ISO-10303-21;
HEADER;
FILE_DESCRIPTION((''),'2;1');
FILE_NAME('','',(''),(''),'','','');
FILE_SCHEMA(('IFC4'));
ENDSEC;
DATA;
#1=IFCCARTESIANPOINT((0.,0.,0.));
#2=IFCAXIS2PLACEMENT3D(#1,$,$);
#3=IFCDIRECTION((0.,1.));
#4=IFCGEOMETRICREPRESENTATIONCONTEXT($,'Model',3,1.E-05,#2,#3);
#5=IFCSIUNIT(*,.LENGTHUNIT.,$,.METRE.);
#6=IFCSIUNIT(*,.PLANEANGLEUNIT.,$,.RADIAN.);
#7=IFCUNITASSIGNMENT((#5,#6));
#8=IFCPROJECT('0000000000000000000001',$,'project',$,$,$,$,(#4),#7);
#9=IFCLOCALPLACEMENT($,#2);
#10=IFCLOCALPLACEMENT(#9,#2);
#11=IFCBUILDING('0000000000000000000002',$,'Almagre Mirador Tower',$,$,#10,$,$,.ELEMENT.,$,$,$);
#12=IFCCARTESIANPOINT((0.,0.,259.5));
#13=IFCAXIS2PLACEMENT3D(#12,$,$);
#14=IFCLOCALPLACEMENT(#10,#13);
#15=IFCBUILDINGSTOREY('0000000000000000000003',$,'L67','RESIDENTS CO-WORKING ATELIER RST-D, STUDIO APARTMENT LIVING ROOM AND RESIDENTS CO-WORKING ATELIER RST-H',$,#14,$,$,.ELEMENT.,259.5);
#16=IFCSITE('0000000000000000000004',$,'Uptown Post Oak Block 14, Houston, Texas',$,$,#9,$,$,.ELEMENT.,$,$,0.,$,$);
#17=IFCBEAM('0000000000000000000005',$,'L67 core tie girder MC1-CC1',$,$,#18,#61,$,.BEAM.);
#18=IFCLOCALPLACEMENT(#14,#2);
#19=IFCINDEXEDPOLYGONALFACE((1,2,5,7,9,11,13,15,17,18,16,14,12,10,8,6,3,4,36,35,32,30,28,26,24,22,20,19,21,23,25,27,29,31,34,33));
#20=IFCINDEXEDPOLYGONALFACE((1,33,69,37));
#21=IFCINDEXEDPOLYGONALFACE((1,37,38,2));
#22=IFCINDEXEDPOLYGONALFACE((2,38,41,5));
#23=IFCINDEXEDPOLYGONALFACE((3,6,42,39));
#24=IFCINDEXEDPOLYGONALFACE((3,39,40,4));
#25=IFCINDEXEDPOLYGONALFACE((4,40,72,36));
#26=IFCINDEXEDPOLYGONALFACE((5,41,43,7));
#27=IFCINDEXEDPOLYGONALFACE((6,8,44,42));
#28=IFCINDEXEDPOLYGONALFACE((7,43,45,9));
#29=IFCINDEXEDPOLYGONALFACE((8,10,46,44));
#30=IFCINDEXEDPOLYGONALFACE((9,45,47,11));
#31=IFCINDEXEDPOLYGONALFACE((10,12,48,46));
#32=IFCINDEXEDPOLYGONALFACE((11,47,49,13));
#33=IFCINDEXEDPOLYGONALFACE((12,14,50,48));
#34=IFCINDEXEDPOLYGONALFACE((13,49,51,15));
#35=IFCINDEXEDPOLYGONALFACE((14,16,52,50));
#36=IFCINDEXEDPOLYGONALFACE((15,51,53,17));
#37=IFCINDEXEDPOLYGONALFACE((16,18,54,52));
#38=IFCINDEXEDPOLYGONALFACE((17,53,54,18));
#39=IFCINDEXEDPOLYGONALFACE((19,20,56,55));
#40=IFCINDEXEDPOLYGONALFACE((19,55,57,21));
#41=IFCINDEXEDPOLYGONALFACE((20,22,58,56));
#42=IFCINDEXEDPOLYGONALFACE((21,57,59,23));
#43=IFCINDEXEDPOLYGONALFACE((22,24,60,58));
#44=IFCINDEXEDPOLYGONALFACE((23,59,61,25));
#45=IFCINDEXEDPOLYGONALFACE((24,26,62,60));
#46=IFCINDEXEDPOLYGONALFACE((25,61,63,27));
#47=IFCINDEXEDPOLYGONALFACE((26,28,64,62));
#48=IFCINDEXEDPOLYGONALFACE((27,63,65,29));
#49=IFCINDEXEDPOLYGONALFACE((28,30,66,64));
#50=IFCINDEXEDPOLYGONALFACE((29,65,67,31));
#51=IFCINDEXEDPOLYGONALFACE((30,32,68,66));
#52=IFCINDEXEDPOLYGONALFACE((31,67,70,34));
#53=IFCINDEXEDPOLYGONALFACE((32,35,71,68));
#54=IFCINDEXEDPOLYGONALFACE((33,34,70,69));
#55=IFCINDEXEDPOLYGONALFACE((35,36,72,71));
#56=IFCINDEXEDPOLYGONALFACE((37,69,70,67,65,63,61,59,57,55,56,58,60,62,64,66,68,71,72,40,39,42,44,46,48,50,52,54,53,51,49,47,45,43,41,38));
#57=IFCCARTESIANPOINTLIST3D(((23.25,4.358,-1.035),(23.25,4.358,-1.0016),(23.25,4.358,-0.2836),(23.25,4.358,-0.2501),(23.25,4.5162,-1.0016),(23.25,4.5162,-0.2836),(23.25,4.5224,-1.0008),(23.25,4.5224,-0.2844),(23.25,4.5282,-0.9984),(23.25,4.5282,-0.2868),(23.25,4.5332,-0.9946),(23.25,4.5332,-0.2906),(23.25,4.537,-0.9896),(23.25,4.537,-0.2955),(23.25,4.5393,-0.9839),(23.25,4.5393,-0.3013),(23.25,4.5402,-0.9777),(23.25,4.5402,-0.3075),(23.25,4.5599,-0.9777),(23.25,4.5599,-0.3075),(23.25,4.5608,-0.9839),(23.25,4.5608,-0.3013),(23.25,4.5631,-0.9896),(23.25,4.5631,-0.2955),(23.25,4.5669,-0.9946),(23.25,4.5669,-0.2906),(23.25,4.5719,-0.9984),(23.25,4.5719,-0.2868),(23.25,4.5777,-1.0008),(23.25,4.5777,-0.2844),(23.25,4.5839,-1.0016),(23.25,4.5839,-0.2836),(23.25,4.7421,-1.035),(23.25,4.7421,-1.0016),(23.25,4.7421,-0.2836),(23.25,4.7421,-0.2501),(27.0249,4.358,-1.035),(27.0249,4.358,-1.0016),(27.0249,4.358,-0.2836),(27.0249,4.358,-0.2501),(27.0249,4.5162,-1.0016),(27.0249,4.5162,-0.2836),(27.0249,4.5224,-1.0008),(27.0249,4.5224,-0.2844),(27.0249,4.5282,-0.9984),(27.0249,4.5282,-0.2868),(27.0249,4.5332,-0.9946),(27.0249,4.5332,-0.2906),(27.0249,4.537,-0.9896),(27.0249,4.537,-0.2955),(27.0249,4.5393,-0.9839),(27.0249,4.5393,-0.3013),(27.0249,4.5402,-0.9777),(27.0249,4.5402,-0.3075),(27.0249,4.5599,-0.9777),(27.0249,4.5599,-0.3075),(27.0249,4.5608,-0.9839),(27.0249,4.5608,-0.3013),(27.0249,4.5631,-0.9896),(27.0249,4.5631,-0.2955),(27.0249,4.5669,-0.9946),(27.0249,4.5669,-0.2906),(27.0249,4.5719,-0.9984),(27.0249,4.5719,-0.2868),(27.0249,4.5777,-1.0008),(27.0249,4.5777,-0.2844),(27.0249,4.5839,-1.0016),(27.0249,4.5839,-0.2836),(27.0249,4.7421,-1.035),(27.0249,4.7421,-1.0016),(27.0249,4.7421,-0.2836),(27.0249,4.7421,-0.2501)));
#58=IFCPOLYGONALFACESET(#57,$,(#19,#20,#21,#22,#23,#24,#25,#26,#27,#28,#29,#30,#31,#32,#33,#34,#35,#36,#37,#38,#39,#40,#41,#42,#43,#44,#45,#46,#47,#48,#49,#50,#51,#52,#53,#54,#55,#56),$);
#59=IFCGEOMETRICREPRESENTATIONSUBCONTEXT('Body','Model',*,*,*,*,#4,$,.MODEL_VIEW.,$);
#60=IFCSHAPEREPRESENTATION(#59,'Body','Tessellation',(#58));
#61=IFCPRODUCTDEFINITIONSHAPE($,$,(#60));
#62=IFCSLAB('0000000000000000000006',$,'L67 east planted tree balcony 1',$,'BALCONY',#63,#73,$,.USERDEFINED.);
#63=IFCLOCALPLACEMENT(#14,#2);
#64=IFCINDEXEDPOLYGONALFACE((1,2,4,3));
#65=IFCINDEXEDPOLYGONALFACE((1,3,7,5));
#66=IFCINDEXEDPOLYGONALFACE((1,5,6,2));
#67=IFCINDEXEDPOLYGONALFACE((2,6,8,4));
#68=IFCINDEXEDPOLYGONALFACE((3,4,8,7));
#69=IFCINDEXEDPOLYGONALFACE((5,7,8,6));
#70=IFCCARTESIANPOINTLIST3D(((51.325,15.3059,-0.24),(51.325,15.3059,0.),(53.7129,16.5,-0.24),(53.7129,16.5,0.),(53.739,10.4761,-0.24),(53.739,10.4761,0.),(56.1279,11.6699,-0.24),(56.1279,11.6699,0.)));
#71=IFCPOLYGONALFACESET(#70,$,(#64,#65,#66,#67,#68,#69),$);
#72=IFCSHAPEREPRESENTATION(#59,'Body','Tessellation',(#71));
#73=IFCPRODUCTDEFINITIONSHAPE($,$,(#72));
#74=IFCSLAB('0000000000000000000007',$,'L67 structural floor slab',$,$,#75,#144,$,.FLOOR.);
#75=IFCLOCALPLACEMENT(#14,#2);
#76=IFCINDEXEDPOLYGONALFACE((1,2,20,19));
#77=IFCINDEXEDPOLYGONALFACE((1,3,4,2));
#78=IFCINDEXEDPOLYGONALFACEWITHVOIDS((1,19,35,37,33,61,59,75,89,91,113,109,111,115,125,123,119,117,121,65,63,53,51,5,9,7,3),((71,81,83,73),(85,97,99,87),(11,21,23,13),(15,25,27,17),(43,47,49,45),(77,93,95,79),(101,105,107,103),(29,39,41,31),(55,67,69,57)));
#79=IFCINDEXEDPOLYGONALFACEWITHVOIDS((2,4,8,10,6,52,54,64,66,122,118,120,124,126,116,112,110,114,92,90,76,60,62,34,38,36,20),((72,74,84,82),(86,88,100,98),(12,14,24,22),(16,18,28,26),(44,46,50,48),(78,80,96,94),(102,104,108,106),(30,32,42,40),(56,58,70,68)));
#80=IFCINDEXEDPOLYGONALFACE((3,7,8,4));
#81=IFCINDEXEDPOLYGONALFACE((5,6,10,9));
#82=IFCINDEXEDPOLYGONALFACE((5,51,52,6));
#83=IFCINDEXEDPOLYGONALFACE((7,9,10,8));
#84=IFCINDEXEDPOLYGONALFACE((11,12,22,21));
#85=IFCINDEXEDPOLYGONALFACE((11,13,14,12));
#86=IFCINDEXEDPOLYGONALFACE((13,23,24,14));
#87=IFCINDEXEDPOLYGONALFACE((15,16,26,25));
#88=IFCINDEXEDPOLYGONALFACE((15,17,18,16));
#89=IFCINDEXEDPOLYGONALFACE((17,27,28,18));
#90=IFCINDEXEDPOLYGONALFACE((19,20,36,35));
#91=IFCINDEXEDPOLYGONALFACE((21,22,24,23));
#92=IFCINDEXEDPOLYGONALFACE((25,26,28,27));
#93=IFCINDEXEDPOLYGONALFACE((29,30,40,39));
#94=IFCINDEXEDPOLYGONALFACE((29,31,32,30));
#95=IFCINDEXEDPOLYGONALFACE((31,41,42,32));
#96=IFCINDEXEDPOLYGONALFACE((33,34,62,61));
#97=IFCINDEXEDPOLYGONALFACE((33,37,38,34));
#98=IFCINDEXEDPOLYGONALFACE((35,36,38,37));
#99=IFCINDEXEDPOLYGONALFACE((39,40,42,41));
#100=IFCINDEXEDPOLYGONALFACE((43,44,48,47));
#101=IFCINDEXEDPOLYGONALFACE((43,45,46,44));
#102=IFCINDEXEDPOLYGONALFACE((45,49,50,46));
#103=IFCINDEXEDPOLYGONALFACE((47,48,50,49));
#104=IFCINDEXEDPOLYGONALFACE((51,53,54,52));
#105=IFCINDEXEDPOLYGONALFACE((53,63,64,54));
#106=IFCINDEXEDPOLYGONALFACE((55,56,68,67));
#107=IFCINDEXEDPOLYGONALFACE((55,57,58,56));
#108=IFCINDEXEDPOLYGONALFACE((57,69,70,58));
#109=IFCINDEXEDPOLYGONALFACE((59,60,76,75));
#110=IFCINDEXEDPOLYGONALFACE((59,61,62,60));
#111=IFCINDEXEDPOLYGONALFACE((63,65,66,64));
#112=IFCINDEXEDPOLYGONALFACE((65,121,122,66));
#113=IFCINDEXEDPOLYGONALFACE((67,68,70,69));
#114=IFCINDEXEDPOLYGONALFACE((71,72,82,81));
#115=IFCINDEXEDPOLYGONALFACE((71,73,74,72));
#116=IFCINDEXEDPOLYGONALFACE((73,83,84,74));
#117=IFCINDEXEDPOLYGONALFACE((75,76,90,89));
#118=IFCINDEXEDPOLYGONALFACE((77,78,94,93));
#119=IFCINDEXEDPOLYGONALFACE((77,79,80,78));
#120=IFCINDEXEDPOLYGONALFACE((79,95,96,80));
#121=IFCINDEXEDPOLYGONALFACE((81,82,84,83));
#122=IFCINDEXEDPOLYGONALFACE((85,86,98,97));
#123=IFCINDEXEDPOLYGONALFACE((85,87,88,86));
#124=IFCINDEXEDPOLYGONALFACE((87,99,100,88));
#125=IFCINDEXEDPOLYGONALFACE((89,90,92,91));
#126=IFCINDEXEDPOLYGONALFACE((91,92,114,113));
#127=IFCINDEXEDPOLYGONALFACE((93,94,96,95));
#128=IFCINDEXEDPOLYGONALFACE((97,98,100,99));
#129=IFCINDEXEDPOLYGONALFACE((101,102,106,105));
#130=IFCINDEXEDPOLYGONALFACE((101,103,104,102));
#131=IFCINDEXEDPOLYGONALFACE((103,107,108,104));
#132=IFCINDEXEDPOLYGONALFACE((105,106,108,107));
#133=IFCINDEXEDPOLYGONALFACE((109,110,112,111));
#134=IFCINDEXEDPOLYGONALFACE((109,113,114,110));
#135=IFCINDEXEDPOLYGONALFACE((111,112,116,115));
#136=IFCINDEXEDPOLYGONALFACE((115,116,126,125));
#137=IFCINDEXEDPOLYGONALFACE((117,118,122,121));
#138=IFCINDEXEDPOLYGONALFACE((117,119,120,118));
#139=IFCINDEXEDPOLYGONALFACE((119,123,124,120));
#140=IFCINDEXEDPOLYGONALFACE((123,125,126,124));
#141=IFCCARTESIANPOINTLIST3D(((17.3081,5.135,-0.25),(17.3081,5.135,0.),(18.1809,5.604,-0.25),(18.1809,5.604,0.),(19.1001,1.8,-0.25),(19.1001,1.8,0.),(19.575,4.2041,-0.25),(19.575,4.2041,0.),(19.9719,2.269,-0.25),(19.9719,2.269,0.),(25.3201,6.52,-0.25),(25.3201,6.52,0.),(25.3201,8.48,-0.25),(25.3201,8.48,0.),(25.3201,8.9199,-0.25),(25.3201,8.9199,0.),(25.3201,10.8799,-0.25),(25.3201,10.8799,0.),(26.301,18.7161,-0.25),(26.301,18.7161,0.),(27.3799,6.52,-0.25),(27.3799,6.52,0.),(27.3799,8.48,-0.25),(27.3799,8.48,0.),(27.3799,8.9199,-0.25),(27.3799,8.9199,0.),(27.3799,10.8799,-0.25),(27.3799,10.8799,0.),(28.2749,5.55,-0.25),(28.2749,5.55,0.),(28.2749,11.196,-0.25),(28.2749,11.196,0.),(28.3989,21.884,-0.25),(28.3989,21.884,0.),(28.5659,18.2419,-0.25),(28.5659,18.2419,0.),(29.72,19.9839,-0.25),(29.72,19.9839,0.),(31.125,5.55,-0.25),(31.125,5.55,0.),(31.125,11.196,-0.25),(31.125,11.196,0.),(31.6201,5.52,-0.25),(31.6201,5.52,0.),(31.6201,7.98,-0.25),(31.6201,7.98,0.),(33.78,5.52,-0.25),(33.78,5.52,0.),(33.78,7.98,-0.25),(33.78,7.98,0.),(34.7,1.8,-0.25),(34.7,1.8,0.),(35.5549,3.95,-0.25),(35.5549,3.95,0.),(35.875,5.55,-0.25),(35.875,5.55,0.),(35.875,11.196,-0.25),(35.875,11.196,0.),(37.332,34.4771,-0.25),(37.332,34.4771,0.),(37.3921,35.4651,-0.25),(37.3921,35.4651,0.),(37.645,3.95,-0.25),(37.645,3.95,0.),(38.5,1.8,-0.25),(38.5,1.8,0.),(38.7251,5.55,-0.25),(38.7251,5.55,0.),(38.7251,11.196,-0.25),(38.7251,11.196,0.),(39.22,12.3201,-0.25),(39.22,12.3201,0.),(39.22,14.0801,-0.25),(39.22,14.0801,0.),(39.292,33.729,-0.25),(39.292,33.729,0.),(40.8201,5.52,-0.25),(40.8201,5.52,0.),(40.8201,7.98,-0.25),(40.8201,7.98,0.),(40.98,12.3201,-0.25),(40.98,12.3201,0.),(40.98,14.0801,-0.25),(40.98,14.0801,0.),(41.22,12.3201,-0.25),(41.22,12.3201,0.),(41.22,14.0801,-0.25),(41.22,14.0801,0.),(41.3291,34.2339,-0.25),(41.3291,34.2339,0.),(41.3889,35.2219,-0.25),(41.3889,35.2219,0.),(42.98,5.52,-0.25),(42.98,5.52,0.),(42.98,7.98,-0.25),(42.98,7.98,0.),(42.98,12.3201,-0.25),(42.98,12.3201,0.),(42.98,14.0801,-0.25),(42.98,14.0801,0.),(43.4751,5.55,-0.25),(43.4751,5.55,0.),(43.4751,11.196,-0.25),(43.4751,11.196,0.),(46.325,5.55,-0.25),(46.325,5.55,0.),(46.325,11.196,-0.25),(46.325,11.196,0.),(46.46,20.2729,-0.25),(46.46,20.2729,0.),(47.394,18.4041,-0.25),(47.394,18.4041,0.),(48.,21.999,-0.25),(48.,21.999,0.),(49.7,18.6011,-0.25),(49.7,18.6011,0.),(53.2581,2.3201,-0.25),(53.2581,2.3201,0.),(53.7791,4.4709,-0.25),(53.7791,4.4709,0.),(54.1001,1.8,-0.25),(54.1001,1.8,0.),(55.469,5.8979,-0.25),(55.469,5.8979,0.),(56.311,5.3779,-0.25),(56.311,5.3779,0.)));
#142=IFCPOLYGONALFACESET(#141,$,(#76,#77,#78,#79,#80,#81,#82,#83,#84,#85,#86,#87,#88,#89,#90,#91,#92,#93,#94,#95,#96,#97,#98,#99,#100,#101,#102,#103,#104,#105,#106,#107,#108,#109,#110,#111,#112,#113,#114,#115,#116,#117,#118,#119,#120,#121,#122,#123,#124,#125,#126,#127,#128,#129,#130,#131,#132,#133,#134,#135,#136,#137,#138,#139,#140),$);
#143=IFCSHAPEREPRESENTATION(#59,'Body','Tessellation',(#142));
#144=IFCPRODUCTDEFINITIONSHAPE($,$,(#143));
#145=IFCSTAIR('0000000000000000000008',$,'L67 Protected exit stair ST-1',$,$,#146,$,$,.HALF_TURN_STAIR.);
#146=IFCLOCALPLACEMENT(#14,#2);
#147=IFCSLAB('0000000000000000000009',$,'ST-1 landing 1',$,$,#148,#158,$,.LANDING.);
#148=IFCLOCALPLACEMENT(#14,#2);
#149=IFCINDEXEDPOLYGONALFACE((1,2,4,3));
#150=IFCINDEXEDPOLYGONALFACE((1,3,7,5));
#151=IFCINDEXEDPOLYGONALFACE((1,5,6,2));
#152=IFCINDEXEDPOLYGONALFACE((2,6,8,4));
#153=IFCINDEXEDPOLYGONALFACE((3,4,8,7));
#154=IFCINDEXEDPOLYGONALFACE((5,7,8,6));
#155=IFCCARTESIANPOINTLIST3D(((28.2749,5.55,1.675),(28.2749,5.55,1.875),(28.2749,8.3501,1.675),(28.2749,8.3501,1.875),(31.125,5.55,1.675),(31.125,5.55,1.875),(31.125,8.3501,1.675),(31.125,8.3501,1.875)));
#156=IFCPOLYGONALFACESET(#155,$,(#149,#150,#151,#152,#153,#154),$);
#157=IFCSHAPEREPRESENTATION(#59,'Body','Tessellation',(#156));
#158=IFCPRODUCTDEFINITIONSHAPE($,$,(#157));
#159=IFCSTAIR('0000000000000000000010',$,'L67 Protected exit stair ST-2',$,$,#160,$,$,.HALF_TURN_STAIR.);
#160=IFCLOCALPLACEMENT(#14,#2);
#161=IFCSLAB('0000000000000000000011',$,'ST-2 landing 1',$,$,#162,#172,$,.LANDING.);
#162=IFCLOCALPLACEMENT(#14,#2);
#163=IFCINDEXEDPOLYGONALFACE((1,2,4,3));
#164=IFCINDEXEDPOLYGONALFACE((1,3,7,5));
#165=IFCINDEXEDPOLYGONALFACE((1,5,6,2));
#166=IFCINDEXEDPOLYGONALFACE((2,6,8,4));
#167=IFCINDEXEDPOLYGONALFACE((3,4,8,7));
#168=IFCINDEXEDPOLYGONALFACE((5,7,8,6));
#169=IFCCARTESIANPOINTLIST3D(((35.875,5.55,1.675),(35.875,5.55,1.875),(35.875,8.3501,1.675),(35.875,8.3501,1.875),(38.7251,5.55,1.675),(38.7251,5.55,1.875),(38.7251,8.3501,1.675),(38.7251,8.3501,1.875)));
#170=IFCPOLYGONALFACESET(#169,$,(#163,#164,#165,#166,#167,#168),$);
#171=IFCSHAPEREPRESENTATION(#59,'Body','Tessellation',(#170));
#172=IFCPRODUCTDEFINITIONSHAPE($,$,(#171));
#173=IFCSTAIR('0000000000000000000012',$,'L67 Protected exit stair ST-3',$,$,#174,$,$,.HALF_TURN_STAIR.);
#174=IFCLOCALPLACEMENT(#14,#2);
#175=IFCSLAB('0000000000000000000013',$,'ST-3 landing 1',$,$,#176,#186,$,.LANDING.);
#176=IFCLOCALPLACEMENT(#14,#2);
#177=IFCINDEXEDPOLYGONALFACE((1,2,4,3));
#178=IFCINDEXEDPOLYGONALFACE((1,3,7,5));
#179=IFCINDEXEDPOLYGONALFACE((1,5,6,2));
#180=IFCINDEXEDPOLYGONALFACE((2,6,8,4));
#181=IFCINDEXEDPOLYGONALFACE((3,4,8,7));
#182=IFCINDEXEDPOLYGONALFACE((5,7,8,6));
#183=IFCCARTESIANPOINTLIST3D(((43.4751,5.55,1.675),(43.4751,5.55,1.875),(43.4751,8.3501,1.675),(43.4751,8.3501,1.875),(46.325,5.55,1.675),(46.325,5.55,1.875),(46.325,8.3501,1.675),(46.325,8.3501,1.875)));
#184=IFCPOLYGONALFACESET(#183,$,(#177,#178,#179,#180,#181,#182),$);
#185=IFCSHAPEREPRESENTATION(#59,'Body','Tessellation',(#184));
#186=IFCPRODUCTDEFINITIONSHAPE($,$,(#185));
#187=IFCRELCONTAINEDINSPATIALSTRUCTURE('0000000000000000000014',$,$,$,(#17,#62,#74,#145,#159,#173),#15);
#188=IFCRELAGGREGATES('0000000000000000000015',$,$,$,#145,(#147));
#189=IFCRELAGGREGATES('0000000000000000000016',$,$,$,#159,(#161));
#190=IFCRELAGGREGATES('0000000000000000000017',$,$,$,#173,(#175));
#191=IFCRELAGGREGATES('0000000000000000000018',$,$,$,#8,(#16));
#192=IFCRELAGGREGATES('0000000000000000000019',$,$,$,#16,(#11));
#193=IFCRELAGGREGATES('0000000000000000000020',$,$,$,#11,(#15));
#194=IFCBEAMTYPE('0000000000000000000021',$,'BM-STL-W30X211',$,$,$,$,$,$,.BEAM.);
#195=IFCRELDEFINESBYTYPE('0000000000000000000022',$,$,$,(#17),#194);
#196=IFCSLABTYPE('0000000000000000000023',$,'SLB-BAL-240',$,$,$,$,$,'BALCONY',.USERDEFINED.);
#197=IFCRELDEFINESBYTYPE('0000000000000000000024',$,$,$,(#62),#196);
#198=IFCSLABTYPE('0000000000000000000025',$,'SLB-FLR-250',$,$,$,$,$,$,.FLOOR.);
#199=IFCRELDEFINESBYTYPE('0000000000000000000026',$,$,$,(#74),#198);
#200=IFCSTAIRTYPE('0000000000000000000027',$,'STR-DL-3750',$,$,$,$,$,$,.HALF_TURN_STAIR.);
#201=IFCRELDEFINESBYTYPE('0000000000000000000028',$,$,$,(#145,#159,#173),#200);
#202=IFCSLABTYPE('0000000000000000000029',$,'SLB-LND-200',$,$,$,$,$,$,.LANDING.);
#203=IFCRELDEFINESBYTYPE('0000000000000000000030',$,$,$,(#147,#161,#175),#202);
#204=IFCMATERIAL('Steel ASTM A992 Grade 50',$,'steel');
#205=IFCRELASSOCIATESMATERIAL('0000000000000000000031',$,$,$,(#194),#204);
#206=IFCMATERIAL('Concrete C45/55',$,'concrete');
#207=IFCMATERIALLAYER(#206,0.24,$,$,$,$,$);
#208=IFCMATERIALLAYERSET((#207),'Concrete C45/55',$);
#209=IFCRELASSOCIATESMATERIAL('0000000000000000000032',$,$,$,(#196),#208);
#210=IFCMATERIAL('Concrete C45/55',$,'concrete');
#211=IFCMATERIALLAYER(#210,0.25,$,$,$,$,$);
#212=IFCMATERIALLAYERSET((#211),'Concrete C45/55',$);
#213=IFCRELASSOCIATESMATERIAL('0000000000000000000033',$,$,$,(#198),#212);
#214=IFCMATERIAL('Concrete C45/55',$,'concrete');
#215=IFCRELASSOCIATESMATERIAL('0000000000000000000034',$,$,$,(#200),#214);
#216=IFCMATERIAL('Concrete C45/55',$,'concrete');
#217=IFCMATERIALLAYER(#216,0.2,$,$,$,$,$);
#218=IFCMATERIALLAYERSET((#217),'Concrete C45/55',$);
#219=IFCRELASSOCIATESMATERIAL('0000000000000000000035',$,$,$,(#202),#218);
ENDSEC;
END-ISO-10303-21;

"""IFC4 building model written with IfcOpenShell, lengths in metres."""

from ifc_helpers import new_model, si_unit, direction, frame, origin, origin_2d, place, context, subcontext, project, spatial, polyline, i_section, outline, extrude, material, layer, layer_set, material_profile, profile_set, type_object, element, aggregate, save


model = new_model("IFC4")

# Units and contexts
model_context = context("Model", 3, precision=1e-05, world=origin(), true_north=direction((0.0, 1.0)))
body_context = subcontext(model_context, "Body", "Model", "MODEL_VIEW")
ifc_project = project(units=[si_unit("LENGTHUNIT", "METRE"), si_unit("PLANEANGLEUNIT", "RADIAN")], contexts=[model_context])

# Site, building, storey
site_placement = place(None, origin())
site = spatial("IfcSite", under=ifc_project, at=site_placement, Name="Uptown Post Oak Block 14, Houston, Texas", CompositionType="ELEMENT", RefElevation=0.0)
building_placement = place(site_placement, origin())
building = spatial("IfcBuilding", under=site, at=building_placement, Name="Almagre Mirador Tower", CompositionType="ELEMENT")
storey_placement = place(building_placement, frame((0.0, 0.0, 259.5)))
storey = spatial("IfcBuildingStorey", under=building, at=storey_placement, Name="L67", Description="RESIDENTS CO-WORKING ATELIER RST-D, STUDIO APARTMENT LIVING ROOM AND RESIDENTS CO-WORKING ATELIER RST-H", CompositionType="ELEMENT", Elevation=259.5)

# Beam
ifc_material_1 = material(Name="Steel ASTM A992 Grade 50", Category="steel")
ifc_material_profile_1 = material_profile(ifc_material_1, i_section(OverallWidth=0.384, OverallDepth=0.7849, WebThickness=0.0198, FlangeThickness=0.0334, FilletRadius=0.0239, at=origin_2d()), Name="W30X211")
ifc_profile_set_1 = profile_set([ifc_material_profile_1], Name="Steel ASTM A992 Grade 50")
beam_type_1 = type_object("IfcBeamType", Name="BM-STL-W30X211", PredefinedType="BEAM", material=ifc_profile_set_1)
beam_1_placement = place(storey_placement, frame((23.25, 4.55, -0.6426), z_axis=(1.0, 0.0, 0.0), x_axis=(0.0, 1.0, 0.0)))
element("IfcBeam", 1, at=beam_1_placement, inside=storey, type_object=beam_type_1, Name="L67 core tie girder MC1-CC1", PredefinedType="BEAM", context=body_context, shape_type="SweptSolid", body=[
    extrude(i_section(OverallWidth=0.384, OverallDepth=0.7849, WebThickness=0.0198, FlangeThickness=0.0334, FilletRadius=0.0239, at=origin_2d()), origin(), (0.0, 0.0, 1.0), 3.7749),
])

# Slabs
ifc_material_2 = material(Name="Concrete C45/55", Category="concrete")
ifc_layer_1 = layer(ifc_material_2, 0.24)
ifc_layer_set_1 = layer_set([ifc_layer_1], Name="Concrete C45/55")
slab_type_1 = type_object("IfcSlabType", Name="SLB-BAL-240", ElementType="BALCONY", PredefinedType="USERDEFINED", material=ifc_layer_set_1)
slab_1_placement = place(storey_placement, frame((0.0, 0.0, -0.24)))
element("IfcSlab", 2, at=slab_1_placement, inside=storey, type_object=slab_type_1, Name="L67 east planted tree balcony 1", ObjectType="BALCONY", PredefinedType="USERDEFINED", context=body_context, shape_type="SweptSolid", body=[
    extrude(outline(polyline([(53.739, 10.4761), (51.325, 15.3059), (53.7129, 16.5), (56.1279, 11.6699), (53.739, 10.4761)])), origin(), (0.0, 0.0, 1.0), 0.24),
])
ifc_material_3 = material(Name="Concrete C45/55", Category="concrete")
ifc_layer_2 = layer(ifc_material_3, 0.25)
ifc_layer_set_2 = layer_set([ifc_layer_2], Name="Concrete C45/55")
slab_type_2 = type_object("IfcSlabType", Name="SLB-FLR-250", PredefinedType="FLOOR", material=ifc_layer_set_2)
slab_2_placement = place(storey_placement, frame((0.0, 0.0, -0.25)))
element("IfcSlab", 3, at=slab_2_placement, inside=storey, type_object=slab_type_2, Name="L67 structural floor slab", PredefinedType="FLOOR", context=body_context, shape_type="SweptSolid", body=[
    extrude(outline(polyline([(17.3081, 5.135), (18.1809, 5.604), (19.575, 4.2041), (19.9719, 2.269), (19.1001, 1.8), (34.7, 1.8), (35.5549, 3.95), (37.645, 3.95), (38.5, 1.8), (54.1001, 1.8), (53.2581, 2.3201), (53.7791, 4.4709), (55.469, 5.8979), (56.311, 5.3779), (49.7, 18.6011), (47.394, 18.4041), (46.46, 20.2729), (48.0, 21.999), (41.3889, 35.2219), (41.3291, 34.2339), (39.292, 33.729), (37.332, 34.4771), (37.3921, 35.4651), (28.3989, 21.884), (29.72, 19.9839), (28.5659, 18.2419), (26.301, 18.7161), (17.3081, 5.135)]), holes=[polyline([(43.4751, 5.55), (43.4751, 11.196), (46.325, 11.196), (46.325, 5.55), (43.4751, 5.55)]), polyline([(41.22, 12.3201), (41.22, 14.0801), (42.98, 14.0801), (42.98, 12.3201), (41.22, 12.3201)]), polyline([(42.98, 5.52), (40.8201, 5.52), (40.8201, 7.98), (42.98, 7.98), (42.98, 5.52)]), polyline([(39.22, 12.3201), (39.22, 14.0801), (40.98, 14.0801), (40.98, 12.3201), (39.22, 12.3201)]), polyline([(35.875, 5.55), (35.875, 11.196), (38.7251, 11.196), (38.7251, 5.55), (35.875, 5.55)]), polyline([(33.78, 5.52), (31.6201, 5.52), (31.6201, 7.98), (33.78, 7.98), (33.78, 5.52)]), polyline([(28.2749, 5.55), (28.2749, 11.196), (31.125, 11.196), (31.125, 5.55), (28.2749, 5.55)]), polyline([(27.3799, 6.52), (25.3201, 6.52), (25.3201, 8.48), (27.3799, 8.48), (27.3799, 6.52)]), polyline([(27.3799, 8.9199), (25.3201, 8.9199), (25.3201, 10.8799), (27.3799, 10.8799), (27.3799, 8.9199)])]), origin(), (0.0, 0.0, 1.0), 0.25),
])

# Stairs, slabs
ifc_material_4 = material(Name="Concrete C45/55", Category="concrete")
stair_type = type_object("IfcStairType", Name="STR-DL-3750", PredefinedType="HALF_TURN_STAIR", material=ifc_material_4)
stair_1_placement = place(storey_placement, origin())
stair_1 = element("IfcStair", 4, at=stair_1_placement, inside=storey, type_object=stair_type, Name="L67 Protected exit stair ST-1", PredefinedType="HALF_TURN_STAIR")
ifc_material_5 = material(Name="Concrete C45/55", Category="concrete")
ifc_layer_3 = layer(ifc_material_5, 0.2)
ifc_layer_set_3 = layer_set([ifc_layer_3], Name="Concrete C45/55")
slab_type_3 = type_object("IfcSlabType", Name="SLB-LND-200", PredefinedType="LANDING", material=ifc_layer_set_3)
slab_3_placement = place(storey_placement, frame((0.0, 0.0, 1.675)))
slab_3 = element("IfcSlab", 5, at=slab_3_placement, type_object=slab_type_3, Name="ST-1 landing 1", PredefinedType="LANDING", context=body_context, shape_type="SweptSolid", body=[
    extrude(outline(polyline([(28.2749, 8.3501), (28.2749, 5.55), (31.125, 5.55), (31.125, 8.3501), (28.2749, 8.3501)])), origin(), (0.0, 0.0, 1.0), 0.2),
])
aggregate(stair_1, [slab_3])
stair_2_placement = place(storey_placement, origin())
stair_2 = element("IfcStair", 6, at=stair_2_placement, inside=storey, type_object=stair_type, Name="L67 Protected exit stair ST-2", PredefinedType="HALF_TURN_STAIR")
slab_4_placement = place(storey_placement, frame((0.0, 0.0, 1.675)))
slab_4 = element("IfcSlab", 7, at=slab_4_placement, type_object=slab_type_3, Name="ST-2 landing 1", PredefinedType="LANDING", context=body_context, shape_type="SweptSolid", body=[
    extrude(outline(polyline([(35.875, 8.3501), (35.875, 5.55), (38.7251, 5.55), (38.7251, 8.3501), (35.875, 8.3501)])), origin(), (0.0, 0.0, 1.0), 0.2),
])
aggregate(stair_2, [slab_4])
stair_3_placement = place(storey_placement, origin())
stair_3 = element("IfcStair", 8, at=stair_3_placement, inside=storey, type_object=stair_type, Name="L67 Protected exit stair ST-3", PredefinedType="HALF_TURN_STAIR")
slab_5_placement = place(storey_placement, frame((0.0, 0.0, 1.675)))
slab_5 = element("IfcSlab", 9, at=slab_5_placement, type_object=slab_type_3, Name="ST-3 landing 1", PredefinedType="LANDING", context=body_context, shape_type="SweptSolid", body=[
    extrude(outline(polyline([(43.4751, 8.3501), (43.4751, 5.55), (46.325, 5.55), (46.325, 8.3501), (43.4751, 8.3501)])), origin(), (0.0, 0.0, 1.0), 0.2),
])
aggregate(stair_3, [slab_5])

save(model, "model.ifc")
